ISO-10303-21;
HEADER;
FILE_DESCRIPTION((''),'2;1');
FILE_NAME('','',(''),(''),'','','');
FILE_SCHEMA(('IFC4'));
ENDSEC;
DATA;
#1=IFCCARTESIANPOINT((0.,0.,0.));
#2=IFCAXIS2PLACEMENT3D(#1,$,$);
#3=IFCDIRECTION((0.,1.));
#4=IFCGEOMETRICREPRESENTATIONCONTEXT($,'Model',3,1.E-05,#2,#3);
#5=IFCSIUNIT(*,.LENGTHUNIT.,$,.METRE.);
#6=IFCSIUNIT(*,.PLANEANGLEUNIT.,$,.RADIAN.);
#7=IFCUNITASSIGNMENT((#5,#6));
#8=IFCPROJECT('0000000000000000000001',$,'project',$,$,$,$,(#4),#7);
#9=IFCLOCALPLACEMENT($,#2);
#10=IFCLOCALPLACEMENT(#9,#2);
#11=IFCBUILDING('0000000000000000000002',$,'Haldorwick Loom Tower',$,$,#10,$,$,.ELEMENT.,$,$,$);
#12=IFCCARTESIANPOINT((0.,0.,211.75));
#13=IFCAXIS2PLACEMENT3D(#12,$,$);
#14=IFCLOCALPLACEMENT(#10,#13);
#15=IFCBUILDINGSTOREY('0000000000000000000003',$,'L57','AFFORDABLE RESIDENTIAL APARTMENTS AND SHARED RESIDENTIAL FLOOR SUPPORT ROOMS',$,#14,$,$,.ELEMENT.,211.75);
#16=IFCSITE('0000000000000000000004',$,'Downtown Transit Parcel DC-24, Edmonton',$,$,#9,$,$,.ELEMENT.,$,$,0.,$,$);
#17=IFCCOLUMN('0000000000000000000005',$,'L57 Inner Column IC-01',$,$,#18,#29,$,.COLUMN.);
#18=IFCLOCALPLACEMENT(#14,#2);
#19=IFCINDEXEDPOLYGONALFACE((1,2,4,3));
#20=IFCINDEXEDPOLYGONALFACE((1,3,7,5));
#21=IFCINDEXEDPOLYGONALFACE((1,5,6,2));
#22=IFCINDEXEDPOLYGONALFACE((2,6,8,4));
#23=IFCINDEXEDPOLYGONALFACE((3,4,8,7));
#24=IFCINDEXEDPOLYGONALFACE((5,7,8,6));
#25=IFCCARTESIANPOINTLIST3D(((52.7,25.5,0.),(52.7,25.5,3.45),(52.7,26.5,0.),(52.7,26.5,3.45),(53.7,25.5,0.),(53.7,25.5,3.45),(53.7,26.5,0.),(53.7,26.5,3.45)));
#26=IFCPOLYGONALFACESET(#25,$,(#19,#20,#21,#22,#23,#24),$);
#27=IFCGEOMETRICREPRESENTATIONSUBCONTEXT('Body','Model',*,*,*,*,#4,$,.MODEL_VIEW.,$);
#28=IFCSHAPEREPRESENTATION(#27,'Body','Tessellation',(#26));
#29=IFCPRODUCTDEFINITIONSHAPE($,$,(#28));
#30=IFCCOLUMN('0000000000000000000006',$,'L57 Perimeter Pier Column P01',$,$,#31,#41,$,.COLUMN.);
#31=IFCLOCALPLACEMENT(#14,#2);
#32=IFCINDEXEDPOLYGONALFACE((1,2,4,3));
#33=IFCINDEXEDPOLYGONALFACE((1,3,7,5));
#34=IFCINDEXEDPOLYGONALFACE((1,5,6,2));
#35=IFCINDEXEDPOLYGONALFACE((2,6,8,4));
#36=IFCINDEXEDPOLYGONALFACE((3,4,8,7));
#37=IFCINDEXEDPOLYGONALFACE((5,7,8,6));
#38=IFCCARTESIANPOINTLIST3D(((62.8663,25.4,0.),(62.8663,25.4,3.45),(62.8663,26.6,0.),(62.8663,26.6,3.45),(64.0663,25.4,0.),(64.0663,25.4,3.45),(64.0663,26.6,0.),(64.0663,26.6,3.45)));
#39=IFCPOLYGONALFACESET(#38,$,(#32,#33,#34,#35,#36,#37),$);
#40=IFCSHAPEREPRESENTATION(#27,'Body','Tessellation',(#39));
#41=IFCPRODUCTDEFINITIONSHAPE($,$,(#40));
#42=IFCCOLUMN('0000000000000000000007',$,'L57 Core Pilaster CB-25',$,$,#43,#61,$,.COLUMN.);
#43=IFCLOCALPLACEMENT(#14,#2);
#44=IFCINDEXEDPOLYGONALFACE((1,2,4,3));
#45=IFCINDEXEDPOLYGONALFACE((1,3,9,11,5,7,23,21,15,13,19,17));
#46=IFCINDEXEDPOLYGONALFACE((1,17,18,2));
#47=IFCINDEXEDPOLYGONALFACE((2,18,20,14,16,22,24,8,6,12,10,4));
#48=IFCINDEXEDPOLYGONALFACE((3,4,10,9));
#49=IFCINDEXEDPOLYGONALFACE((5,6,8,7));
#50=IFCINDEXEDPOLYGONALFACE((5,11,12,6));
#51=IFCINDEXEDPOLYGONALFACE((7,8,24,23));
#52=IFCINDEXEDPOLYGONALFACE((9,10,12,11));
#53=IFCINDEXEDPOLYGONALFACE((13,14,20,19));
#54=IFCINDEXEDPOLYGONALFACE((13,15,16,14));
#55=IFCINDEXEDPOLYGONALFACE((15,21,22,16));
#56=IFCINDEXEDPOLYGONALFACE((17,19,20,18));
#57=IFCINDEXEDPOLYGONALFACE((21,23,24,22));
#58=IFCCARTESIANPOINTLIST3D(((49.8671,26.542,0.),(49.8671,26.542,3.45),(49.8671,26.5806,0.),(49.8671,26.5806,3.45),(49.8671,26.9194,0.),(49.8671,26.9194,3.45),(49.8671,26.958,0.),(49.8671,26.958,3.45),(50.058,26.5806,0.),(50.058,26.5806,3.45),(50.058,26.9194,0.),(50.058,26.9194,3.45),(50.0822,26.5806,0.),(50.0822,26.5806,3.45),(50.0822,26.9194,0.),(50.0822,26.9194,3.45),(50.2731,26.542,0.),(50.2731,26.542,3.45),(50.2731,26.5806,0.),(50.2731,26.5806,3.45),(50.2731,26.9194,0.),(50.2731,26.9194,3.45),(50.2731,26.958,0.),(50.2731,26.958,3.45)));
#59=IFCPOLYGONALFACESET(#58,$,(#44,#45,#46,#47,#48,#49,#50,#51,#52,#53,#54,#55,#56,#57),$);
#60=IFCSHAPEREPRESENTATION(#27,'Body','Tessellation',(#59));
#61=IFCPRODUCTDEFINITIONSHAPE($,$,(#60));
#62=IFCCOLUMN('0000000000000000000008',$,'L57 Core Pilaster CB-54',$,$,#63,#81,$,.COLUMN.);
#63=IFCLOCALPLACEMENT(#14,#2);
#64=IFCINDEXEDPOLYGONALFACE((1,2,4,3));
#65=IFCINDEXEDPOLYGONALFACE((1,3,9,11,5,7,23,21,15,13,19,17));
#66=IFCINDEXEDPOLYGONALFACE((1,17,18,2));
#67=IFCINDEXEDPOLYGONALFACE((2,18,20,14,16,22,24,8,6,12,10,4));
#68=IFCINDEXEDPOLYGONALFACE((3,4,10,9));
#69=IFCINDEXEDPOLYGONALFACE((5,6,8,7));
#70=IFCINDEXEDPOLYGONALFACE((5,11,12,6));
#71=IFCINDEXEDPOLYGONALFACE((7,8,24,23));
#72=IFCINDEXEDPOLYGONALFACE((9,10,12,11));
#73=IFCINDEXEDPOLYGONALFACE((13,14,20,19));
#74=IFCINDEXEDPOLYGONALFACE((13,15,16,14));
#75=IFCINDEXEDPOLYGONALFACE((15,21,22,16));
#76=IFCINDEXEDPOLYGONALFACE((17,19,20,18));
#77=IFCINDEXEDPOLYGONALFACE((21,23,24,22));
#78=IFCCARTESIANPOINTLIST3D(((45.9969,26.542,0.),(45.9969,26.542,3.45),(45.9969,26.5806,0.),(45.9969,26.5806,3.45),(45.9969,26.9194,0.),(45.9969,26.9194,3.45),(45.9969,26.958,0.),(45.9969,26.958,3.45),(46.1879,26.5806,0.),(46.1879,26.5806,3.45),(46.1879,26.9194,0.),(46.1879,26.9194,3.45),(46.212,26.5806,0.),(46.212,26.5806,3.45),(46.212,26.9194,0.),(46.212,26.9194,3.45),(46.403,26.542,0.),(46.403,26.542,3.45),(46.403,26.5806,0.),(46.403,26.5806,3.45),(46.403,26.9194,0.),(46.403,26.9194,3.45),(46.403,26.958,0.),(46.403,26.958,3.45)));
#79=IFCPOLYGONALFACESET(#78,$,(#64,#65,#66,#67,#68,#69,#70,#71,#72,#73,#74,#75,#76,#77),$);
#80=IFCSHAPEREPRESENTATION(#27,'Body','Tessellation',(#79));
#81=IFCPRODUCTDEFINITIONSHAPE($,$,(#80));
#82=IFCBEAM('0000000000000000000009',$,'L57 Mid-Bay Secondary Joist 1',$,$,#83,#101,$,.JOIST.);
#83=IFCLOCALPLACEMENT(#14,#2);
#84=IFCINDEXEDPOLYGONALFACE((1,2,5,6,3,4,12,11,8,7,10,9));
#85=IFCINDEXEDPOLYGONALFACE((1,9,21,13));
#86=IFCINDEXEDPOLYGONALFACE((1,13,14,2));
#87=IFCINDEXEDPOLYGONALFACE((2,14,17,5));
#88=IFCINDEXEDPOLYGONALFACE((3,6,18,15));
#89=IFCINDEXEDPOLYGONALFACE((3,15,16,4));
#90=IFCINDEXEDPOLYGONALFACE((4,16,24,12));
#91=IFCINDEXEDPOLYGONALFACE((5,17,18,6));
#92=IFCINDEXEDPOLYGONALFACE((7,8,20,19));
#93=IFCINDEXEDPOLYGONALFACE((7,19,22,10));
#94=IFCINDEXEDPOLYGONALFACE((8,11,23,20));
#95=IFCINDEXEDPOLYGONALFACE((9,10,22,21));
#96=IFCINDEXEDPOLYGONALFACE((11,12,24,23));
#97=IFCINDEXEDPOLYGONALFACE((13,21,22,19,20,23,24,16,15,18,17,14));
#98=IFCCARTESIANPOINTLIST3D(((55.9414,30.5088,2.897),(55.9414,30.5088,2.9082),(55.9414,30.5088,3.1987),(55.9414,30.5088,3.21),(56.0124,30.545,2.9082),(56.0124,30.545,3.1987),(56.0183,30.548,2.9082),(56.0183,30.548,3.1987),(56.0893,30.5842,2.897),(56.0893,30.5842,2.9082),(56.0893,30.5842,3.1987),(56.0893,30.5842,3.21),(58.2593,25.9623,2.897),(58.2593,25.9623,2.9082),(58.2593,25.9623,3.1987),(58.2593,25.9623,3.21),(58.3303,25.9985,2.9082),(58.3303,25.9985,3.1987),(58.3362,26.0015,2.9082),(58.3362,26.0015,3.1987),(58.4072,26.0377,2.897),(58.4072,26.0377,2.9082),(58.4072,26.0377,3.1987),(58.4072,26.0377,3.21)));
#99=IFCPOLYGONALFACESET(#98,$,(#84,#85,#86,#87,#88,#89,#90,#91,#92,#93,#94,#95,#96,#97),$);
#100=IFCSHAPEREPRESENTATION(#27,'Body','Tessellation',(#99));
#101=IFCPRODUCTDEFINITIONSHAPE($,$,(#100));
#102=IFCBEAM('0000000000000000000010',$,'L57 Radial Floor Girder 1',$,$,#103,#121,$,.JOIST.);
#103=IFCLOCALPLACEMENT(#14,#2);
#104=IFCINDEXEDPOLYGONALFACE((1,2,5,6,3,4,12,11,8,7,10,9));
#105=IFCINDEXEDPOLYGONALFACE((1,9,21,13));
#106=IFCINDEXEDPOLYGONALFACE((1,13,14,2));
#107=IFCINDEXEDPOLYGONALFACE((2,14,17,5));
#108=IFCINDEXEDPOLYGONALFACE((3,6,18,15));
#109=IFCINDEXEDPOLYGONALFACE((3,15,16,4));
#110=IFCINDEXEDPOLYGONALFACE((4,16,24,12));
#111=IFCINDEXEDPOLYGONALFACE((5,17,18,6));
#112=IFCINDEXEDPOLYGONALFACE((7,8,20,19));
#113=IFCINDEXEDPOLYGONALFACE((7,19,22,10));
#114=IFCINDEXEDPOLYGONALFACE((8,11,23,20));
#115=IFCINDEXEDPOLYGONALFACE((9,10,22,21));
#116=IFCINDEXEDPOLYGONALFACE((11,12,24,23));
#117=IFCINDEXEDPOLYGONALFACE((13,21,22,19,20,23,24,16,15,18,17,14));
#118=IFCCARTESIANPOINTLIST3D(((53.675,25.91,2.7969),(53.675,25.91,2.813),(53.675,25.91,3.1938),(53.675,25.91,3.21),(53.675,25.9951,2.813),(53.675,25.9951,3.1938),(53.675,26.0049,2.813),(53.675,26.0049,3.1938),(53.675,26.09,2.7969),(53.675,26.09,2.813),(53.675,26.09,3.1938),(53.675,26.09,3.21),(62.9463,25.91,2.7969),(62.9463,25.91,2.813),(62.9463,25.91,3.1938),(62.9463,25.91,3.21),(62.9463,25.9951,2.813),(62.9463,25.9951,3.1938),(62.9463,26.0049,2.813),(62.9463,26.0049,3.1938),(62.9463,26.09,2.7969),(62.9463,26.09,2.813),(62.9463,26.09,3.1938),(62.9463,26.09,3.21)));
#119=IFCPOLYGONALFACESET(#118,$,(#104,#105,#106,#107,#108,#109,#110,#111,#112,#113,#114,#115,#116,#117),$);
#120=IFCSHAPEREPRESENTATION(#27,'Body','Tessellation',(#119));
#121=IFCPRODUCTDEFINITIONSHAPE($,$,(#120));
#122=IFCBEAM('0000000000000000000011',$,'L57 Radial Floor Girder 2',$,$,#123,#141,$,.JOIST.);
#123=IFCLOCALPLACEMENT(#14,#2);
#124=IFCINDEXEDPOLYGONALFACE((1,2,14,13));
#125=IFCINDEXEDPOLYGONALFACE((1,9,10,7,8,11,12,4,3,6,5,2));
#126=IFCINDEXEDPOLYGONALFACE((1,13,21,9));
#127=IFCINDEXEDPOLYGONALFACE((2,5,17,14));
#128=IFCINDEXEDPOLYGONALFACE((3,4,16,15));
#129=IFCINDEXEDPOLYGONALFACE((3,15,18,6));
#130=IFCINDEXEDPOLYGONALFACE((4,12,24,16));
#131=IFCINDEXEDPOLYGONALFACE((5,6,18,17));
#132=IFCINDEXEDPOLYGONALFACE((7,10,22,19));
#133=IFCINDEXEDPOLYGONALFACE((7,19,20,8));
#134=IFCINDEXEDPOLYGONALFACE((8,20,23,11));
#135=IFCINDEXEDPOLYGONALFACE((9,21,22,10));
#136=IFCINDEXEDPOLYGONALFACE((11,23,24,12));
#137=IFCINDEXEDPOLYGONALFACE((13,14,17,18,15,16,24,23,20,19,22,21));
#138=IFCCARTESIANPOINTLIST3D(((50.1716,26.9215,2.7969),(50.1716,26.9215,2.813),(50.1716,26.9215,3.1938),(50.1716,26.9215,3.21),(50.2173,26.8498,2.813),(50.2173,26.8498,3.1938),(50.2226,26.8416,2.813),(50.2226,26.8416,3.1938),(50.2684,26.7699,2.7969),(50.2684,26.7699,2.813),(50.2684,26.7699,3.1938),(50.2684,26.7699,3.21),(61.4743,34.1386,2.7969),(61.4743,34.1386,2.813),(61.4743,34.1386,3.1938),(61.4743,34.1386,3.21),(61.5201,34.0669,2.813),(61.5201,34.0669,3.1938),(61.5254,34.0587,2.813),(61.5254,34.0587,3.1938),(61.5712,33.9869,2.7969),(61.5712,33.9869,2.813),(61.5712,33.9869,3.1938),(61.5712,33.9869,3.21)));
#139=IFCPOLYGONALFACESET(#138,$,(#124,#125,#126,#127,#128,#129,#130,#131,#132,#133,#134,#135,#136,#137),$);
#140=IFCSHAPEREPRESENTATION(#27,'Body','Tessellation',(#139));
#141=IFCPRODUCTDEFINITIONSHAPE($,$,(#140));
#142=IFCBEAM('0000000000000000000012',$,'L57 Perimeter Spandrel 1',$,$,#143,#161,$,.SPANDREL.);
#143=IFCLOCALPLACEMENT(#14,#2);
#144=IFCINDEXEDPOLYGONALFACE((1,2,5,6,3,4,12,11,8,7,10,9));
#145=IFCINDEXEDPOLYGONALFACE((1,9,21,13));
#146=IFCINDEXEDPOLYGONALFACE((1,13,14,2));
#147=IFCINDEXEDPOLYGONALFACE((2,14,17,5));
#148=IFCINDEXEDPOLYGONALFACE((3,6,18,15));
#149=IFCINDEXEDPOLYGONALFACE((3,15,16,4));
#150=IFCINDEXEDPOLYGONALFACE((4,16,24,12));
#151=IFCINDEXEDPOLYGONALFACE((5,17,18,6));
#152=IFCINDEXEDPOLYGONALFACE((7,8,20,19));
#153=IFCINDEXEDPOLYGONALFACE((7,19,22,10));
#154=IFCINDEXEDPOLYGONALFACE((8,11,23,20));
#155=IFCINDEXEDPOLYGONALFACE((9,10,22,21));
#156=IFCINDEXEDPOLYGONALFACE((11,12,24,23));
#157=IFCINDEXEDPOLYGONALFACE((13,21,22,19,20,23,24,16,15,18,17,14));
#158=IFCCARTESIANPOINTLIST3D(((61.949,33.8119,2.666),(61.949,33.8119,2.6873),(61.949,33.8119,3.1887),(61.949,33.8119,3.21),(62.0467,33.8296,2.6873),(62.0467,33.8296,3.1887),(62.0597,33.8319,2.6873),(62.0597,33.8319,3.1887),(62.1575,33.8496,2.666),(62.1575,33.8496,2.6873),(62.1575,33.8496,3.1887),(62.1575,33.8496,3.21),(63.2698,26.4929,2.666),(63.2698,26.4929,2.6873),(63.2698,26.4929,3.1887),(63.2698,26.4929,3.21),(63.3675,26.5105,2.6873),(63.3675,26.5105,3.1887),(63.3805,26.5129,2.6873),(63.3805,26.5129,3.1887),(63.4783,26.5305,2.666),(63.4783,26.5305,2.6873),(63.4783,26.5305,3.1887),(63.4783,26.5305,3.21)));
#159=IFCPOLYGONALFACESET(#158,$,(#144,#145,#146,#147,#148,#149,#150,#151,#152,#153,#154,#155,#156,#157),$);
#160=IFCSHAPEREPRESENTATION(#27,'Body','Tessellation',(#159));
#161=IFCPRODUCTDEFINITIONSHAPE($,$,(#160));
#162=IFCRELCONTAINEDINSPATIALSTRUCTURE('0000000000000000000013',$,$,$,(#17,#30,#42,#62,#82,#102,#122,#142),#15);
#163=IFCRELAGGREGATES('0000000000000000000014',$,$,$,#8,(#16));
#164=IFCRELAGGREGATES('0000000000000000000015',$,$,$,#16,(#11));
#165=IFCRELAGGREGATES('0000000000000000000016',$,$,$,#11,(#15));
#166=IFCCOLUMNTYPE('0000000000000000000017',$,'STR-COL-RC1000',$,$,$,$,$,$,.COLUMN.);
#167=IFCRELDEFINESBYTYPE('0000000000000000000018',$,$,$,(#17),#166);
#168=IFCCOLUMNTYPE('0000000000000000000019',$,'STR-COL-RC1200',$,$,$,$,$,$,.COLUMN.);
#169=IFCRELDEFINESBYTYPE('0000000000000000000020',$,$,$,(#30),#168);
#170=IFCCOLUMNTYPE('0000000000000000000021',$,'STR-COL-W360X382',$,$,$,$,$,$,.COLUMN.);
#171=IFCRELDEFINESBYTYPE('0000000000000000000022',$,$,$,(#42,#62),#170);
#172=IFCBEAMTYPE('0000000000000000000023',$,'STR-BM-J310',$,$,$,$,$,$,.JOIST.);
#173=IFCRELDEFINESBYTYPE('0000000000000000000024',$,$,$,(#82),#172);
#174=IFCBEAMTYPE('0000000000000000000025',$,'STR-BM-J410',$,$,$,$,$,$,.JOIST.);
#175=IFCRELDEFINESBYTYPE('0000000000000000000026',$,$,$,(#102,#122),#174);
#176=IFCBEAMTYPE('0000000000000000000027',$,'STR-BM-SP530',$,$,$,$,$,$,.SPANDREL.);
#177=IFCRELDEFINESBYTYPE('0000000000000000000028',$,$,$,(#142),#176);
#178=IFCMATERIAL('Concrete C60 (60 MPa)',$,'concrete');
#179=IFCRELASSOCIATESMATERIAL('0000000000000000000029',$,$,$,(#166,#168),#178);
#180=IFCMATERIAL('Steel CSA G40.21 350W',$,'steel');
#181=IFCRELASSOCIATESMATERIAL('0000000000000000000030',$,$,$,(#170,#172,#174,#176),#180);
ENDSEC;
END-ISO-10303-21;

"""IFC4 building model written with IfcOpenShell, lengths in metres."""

from ifc_helpers import new_model, si_unit, direction, frame, origin, origin_2d, place, context, subcontext, project, spatial, rectangle, i_section, extrude, material, material_profile, profile_set, type_object, element, save


model = new_model("IFC4")

# Units and contexts
model_context = context("Model", 3, precision=1e-05, world=origin(), true_north=direction((0.0, 1.0)))
body_context = subcontext(model_context, "Body", "Model", "MODEL_VIEW")
ifc_project = project(units=[si_unit("LENGTHUNIT", "METRE"), si_unit("PLANEANGLEUNIT", "RADIAN")], contexts=[model_context])

# Site, building, storey
site_placement = place(None, origin())
site = spatial("IfcSite", under=ifc_project, at=site_placement, Name="Downtown Transit Parcel DC-24, Edmonton", CompositionType="ELEMENT", RefElevation=0.0)
building_placement = place(site_placement, origin())
building = spatial("IfcBuilding", under=site, at=building_placement, Name="Haldorwick Loom Tower", CompositionType="ELEMENT")
storey_placement = place(building_placement, frame((0.0, 0.0, 211.75)))
storey = spatial("IfcBuildingStorey", under=building, at=storey_placement, Name="L57", Description="AFFORDABLE RESIDENTIAL APARTMENTS AND SHARED RESIDENTIAL FLOOR SUPPORT ROOMS", CompositionType="ELEMENT", Elevation=211.75)

# Columns
ifc_material_1 = material(Name="Concrete C60 (60 MPa)", Category="concrete")
ifc_material_profile_1 = material_profile(ifc_material_1, rectangle(XDim=1.0, YDim=1.0, at=origin_2d()), Name="RC1000X1000", Category="concrete")
ifc_profile_set_1 = profile_set([ifc_material_profile_1], Name="Concrete C60 (60 MPa)")
column_type_1 = type_object("IfcColumnType", Name="STR-COL-RC1000", PredefinedType="COLUMN", material=ifc_profile_set_1)
column_1_placement = place(storey_placement, frame((53.2, 26.0, 0.0), z_axis=(0.0, 0.0, 1.0), x_axis=(1.0, 0.0, 0.0)))
element("IfcColumn", 1, at=column_1_placement, inside=storey, type_object=column_type_1, Name="L57 Inner Column IC-01", PredefinedType="COLUMN", context=body_context, shape_type="SweptSolid", body=[
    extrude(rectangle(XDim=1.0, YDim=1.0, at=origin_2d()), origin(), (0.0, 0.0, 1.0), 3.45),
])
ifc_material_profile_2 = material_profile(ifc_material_1, rectangle(XDim=1.2, YDim=1.2, at=origin_2d()), Name="RC1200X1200", Category="concrete")
ifc_profile_set_2 = profile_set([ifc_material_profile_2], Name="Concrete C60 (60 MPa)")
column_type_2 = type_object("IfcColumnType", Name="STR-COL-RC1200", PredefinedType="COLUMN", material=ifc_profile_set_2)
column_2_placement = place(storey_placement, frame((63.4663, 26.0, 0.0), z_axis=(0.0, 0.0, 1.0), x_axis=(1.0, 0.0, 0.0)))
element("IfcColumn", 2, at=column_2_placement, inside=storey, type_object=column_type_2, Name="L57 Perimeter Pier Column P01", PredefinedType="COLUMN", context=body_context, shape_type="SweptSolid", body=[
    extrude(rectangle(XDim=1.2, YDim=1.2, at=origin_2d()), origin(), (0.0, 0.0, 1.0), 3.45),
])
ifc_material_2 = material(Name="Steel CSA G40.21 350W", Category="steel")
ifc_material_profile_3 = material_profile(ifc_material_2, i_section(OverallWidth=0.406, OverallDepth=0.416, WebThickness=0.0242, FlangeThickness=0.0386, at=origin_2d()), Name="W360X382", Category="steel")
ifc_profile_set_3 = profile_set([ifc_material_profile_3], Name="Steel CSA G40.21 350W")
column_type_3 = type_object("IfcColumnType", Name="STR-COL-W360X382", PredefinedType="COLUMN", material=ifc_profile_set_3)
for number, where, z_axis, x_axis, name in (
    (3, (50.0701, 26.75, 0.0), (0.0, 0.0, 1.0), (1.0, 0.0, 0.0), "L57 Core Pilaster CB-25"),
    (4, (46.2, 26.75, 0.0), (0.0, 0.0, 1.0), (1.0, 0.0, 0.0), "L57 Core Pilaster CB-54"),
):
    element("IfcColumn", number, at=place(storey_placement, frame(where, z_axis=z_axis, x_axis=x_axis)), inside=storey, type_object=column_type_3, Name=name, PredefinedType="COLUMN", context=body_context, shape_type="SweptSolid", body=[
        extrude(i_section(OverallWidth=0.406, OverallDepth=0.416, WebThickness=0.0242, FlangeThickness=0.0386, at=origin_2d()), origin(), (0.0, 0.0, 1.0), 3.45),
    ])

# Beams
ifc_material_profile_4 = material_profile(ifc_material_2, i_section(OverallWidth=0.166, OverallDepth=0.313, WebThickness=0.0066, FlangeThickness=0.0112, at=origin_2d()), Name="W310X45", Category="steel")
ifc_profile_set_4 = profile_set([ifc_material_profile_4], Name="Steel CSA G40.21 350W")
beam_type_1 = type_object("IfcBeamType", Name="STR-BM-J310", PredefinedType="JOIST", material=ifc_profile_set_4)
beam_1_placement = place(storey_placement, frame((58.3333, 26.0, 3.0535), z_axis=(-0.454204, 0.890898, 0.0), x_axis=(-0.890898, -0.454204, 0.0)))
element("IfcBeam", 5, at=beam_1_placement, inside=storey, type_object=beam_type_1, Name="L57 Mid-Bay Secondary Joist 1", PredefinedType="JOIST", context=body_context, shape_type="SweptSolid", body=[
    extrude(i_section(OverallWidth=0.166, OverallDepth=0.313, WebThickness=0.0066, FlangeThickness=0.0112, at=origin_2d()), origin(), (0.0, 0.0, 1.0), 5.1033),
])
ifc_material_profile_5 = material_profile(ifc_material_2, i_section(OverallWidth=0.1799, OverallDepth=0.4131, WebThickness=0.0098, FlangeThickness=0.0161, at=origin_2d()), Name="W410X74", Category="steel")
ifc_profile_set_5 = profile_set([ifc_material_profile_5], Name="Steel CSA G40.21 350W")
beam_type_2 = type_object("IfcBeamType", Name="STR-BM-J410", PredefinedType="JOIST", material=ifc_profile_set_5)
beam_2_placement = place(storey_placement, frame((53.675, 26.0, 3.0034), z_axis=(1.0, 0.0, 0.0), x_axis=(0.0, 1.0, 0.0)))
element("IfcBeam", 6, at=beam_2_placement, inside=storey, type_object=beam_type_2, Name="L57 Radial Floor Girder 1", PredefinedType="JOIST", context=body_context, shape_type="SweptSolid", body=[
    extrude(i_section(OverallWidth=0.1799, OverallDepth=0.4131, WebThickness=0.0098, FlangeThickness=0.0161, at=origin_2d()), origin(), (0.0, 0.0, 1.0), 9.2712),
])
beam_3_placement = place(storey_placement, frame((50.22, 26.8457, 3.0034), z_axis=(0.842837, 0.538169, 0.0), x_axis=(-0.538169, 0.842837, 0.0)))
element("IfcBeam", 7, at=beam_3_placement, inside=storey, type_object=beam_type_2, Name="L57 Radial Floor Girder 2", PredefinedType="JOIST", context=body_context, shape_type="SweptSolid", body=[
    extrude(i_section(OverallWidth=0.1799, OverallDepth=0.4131, WebThickness=0.0098, FlangeThickness=0.0161, at=origin_2d()), origin(), (0.0, 0.0, 1.0), 13.4104),
])
ifc_material_profile_6 = material_profile(ifc_material_2, i_section(OverallWidth=0.2119, OverallDepth=0.5439, WebThickness=0.0132, FlangeThickness=0.0212, at=origin_2d()), Name="W530X123", Category="steel")
ifc_profile_set_6 = profile_set([ifc_material_profile_6], Name="Steel CSA G40.21 350W")
beam_type_3 = type_object("IfcBeamType", Name="STR-BM-SP530", PredefinedType="SPANDREL", material=ifc_profile_set_6)
beam_4_placement = place(storey_placement, frame((63.374, 26.5117, 2.938), z_axis=(-0.177591, 0.984104, 0.0), x_axis=(-0.984104, -0.177591, 0.0)))
element("IfcBeam", 8, at=beam_4_placement, inside=storey, type_object=beam_type_3, Name="L57 Perimeter Spandrel 1", PredefinedType="SPANDREL", context=body_context, shape_type="SweptSolid", body=[
    extrude(i_section(OverallWidth=0.2119, OverallDepth=0.5439, WebThickness=0.0132, FlangeThickness=0.0212, at=origin_2d()), origin(), (0.0, 0.0, 1.0), 7.4373),
])

save(model, "model.ifc")
